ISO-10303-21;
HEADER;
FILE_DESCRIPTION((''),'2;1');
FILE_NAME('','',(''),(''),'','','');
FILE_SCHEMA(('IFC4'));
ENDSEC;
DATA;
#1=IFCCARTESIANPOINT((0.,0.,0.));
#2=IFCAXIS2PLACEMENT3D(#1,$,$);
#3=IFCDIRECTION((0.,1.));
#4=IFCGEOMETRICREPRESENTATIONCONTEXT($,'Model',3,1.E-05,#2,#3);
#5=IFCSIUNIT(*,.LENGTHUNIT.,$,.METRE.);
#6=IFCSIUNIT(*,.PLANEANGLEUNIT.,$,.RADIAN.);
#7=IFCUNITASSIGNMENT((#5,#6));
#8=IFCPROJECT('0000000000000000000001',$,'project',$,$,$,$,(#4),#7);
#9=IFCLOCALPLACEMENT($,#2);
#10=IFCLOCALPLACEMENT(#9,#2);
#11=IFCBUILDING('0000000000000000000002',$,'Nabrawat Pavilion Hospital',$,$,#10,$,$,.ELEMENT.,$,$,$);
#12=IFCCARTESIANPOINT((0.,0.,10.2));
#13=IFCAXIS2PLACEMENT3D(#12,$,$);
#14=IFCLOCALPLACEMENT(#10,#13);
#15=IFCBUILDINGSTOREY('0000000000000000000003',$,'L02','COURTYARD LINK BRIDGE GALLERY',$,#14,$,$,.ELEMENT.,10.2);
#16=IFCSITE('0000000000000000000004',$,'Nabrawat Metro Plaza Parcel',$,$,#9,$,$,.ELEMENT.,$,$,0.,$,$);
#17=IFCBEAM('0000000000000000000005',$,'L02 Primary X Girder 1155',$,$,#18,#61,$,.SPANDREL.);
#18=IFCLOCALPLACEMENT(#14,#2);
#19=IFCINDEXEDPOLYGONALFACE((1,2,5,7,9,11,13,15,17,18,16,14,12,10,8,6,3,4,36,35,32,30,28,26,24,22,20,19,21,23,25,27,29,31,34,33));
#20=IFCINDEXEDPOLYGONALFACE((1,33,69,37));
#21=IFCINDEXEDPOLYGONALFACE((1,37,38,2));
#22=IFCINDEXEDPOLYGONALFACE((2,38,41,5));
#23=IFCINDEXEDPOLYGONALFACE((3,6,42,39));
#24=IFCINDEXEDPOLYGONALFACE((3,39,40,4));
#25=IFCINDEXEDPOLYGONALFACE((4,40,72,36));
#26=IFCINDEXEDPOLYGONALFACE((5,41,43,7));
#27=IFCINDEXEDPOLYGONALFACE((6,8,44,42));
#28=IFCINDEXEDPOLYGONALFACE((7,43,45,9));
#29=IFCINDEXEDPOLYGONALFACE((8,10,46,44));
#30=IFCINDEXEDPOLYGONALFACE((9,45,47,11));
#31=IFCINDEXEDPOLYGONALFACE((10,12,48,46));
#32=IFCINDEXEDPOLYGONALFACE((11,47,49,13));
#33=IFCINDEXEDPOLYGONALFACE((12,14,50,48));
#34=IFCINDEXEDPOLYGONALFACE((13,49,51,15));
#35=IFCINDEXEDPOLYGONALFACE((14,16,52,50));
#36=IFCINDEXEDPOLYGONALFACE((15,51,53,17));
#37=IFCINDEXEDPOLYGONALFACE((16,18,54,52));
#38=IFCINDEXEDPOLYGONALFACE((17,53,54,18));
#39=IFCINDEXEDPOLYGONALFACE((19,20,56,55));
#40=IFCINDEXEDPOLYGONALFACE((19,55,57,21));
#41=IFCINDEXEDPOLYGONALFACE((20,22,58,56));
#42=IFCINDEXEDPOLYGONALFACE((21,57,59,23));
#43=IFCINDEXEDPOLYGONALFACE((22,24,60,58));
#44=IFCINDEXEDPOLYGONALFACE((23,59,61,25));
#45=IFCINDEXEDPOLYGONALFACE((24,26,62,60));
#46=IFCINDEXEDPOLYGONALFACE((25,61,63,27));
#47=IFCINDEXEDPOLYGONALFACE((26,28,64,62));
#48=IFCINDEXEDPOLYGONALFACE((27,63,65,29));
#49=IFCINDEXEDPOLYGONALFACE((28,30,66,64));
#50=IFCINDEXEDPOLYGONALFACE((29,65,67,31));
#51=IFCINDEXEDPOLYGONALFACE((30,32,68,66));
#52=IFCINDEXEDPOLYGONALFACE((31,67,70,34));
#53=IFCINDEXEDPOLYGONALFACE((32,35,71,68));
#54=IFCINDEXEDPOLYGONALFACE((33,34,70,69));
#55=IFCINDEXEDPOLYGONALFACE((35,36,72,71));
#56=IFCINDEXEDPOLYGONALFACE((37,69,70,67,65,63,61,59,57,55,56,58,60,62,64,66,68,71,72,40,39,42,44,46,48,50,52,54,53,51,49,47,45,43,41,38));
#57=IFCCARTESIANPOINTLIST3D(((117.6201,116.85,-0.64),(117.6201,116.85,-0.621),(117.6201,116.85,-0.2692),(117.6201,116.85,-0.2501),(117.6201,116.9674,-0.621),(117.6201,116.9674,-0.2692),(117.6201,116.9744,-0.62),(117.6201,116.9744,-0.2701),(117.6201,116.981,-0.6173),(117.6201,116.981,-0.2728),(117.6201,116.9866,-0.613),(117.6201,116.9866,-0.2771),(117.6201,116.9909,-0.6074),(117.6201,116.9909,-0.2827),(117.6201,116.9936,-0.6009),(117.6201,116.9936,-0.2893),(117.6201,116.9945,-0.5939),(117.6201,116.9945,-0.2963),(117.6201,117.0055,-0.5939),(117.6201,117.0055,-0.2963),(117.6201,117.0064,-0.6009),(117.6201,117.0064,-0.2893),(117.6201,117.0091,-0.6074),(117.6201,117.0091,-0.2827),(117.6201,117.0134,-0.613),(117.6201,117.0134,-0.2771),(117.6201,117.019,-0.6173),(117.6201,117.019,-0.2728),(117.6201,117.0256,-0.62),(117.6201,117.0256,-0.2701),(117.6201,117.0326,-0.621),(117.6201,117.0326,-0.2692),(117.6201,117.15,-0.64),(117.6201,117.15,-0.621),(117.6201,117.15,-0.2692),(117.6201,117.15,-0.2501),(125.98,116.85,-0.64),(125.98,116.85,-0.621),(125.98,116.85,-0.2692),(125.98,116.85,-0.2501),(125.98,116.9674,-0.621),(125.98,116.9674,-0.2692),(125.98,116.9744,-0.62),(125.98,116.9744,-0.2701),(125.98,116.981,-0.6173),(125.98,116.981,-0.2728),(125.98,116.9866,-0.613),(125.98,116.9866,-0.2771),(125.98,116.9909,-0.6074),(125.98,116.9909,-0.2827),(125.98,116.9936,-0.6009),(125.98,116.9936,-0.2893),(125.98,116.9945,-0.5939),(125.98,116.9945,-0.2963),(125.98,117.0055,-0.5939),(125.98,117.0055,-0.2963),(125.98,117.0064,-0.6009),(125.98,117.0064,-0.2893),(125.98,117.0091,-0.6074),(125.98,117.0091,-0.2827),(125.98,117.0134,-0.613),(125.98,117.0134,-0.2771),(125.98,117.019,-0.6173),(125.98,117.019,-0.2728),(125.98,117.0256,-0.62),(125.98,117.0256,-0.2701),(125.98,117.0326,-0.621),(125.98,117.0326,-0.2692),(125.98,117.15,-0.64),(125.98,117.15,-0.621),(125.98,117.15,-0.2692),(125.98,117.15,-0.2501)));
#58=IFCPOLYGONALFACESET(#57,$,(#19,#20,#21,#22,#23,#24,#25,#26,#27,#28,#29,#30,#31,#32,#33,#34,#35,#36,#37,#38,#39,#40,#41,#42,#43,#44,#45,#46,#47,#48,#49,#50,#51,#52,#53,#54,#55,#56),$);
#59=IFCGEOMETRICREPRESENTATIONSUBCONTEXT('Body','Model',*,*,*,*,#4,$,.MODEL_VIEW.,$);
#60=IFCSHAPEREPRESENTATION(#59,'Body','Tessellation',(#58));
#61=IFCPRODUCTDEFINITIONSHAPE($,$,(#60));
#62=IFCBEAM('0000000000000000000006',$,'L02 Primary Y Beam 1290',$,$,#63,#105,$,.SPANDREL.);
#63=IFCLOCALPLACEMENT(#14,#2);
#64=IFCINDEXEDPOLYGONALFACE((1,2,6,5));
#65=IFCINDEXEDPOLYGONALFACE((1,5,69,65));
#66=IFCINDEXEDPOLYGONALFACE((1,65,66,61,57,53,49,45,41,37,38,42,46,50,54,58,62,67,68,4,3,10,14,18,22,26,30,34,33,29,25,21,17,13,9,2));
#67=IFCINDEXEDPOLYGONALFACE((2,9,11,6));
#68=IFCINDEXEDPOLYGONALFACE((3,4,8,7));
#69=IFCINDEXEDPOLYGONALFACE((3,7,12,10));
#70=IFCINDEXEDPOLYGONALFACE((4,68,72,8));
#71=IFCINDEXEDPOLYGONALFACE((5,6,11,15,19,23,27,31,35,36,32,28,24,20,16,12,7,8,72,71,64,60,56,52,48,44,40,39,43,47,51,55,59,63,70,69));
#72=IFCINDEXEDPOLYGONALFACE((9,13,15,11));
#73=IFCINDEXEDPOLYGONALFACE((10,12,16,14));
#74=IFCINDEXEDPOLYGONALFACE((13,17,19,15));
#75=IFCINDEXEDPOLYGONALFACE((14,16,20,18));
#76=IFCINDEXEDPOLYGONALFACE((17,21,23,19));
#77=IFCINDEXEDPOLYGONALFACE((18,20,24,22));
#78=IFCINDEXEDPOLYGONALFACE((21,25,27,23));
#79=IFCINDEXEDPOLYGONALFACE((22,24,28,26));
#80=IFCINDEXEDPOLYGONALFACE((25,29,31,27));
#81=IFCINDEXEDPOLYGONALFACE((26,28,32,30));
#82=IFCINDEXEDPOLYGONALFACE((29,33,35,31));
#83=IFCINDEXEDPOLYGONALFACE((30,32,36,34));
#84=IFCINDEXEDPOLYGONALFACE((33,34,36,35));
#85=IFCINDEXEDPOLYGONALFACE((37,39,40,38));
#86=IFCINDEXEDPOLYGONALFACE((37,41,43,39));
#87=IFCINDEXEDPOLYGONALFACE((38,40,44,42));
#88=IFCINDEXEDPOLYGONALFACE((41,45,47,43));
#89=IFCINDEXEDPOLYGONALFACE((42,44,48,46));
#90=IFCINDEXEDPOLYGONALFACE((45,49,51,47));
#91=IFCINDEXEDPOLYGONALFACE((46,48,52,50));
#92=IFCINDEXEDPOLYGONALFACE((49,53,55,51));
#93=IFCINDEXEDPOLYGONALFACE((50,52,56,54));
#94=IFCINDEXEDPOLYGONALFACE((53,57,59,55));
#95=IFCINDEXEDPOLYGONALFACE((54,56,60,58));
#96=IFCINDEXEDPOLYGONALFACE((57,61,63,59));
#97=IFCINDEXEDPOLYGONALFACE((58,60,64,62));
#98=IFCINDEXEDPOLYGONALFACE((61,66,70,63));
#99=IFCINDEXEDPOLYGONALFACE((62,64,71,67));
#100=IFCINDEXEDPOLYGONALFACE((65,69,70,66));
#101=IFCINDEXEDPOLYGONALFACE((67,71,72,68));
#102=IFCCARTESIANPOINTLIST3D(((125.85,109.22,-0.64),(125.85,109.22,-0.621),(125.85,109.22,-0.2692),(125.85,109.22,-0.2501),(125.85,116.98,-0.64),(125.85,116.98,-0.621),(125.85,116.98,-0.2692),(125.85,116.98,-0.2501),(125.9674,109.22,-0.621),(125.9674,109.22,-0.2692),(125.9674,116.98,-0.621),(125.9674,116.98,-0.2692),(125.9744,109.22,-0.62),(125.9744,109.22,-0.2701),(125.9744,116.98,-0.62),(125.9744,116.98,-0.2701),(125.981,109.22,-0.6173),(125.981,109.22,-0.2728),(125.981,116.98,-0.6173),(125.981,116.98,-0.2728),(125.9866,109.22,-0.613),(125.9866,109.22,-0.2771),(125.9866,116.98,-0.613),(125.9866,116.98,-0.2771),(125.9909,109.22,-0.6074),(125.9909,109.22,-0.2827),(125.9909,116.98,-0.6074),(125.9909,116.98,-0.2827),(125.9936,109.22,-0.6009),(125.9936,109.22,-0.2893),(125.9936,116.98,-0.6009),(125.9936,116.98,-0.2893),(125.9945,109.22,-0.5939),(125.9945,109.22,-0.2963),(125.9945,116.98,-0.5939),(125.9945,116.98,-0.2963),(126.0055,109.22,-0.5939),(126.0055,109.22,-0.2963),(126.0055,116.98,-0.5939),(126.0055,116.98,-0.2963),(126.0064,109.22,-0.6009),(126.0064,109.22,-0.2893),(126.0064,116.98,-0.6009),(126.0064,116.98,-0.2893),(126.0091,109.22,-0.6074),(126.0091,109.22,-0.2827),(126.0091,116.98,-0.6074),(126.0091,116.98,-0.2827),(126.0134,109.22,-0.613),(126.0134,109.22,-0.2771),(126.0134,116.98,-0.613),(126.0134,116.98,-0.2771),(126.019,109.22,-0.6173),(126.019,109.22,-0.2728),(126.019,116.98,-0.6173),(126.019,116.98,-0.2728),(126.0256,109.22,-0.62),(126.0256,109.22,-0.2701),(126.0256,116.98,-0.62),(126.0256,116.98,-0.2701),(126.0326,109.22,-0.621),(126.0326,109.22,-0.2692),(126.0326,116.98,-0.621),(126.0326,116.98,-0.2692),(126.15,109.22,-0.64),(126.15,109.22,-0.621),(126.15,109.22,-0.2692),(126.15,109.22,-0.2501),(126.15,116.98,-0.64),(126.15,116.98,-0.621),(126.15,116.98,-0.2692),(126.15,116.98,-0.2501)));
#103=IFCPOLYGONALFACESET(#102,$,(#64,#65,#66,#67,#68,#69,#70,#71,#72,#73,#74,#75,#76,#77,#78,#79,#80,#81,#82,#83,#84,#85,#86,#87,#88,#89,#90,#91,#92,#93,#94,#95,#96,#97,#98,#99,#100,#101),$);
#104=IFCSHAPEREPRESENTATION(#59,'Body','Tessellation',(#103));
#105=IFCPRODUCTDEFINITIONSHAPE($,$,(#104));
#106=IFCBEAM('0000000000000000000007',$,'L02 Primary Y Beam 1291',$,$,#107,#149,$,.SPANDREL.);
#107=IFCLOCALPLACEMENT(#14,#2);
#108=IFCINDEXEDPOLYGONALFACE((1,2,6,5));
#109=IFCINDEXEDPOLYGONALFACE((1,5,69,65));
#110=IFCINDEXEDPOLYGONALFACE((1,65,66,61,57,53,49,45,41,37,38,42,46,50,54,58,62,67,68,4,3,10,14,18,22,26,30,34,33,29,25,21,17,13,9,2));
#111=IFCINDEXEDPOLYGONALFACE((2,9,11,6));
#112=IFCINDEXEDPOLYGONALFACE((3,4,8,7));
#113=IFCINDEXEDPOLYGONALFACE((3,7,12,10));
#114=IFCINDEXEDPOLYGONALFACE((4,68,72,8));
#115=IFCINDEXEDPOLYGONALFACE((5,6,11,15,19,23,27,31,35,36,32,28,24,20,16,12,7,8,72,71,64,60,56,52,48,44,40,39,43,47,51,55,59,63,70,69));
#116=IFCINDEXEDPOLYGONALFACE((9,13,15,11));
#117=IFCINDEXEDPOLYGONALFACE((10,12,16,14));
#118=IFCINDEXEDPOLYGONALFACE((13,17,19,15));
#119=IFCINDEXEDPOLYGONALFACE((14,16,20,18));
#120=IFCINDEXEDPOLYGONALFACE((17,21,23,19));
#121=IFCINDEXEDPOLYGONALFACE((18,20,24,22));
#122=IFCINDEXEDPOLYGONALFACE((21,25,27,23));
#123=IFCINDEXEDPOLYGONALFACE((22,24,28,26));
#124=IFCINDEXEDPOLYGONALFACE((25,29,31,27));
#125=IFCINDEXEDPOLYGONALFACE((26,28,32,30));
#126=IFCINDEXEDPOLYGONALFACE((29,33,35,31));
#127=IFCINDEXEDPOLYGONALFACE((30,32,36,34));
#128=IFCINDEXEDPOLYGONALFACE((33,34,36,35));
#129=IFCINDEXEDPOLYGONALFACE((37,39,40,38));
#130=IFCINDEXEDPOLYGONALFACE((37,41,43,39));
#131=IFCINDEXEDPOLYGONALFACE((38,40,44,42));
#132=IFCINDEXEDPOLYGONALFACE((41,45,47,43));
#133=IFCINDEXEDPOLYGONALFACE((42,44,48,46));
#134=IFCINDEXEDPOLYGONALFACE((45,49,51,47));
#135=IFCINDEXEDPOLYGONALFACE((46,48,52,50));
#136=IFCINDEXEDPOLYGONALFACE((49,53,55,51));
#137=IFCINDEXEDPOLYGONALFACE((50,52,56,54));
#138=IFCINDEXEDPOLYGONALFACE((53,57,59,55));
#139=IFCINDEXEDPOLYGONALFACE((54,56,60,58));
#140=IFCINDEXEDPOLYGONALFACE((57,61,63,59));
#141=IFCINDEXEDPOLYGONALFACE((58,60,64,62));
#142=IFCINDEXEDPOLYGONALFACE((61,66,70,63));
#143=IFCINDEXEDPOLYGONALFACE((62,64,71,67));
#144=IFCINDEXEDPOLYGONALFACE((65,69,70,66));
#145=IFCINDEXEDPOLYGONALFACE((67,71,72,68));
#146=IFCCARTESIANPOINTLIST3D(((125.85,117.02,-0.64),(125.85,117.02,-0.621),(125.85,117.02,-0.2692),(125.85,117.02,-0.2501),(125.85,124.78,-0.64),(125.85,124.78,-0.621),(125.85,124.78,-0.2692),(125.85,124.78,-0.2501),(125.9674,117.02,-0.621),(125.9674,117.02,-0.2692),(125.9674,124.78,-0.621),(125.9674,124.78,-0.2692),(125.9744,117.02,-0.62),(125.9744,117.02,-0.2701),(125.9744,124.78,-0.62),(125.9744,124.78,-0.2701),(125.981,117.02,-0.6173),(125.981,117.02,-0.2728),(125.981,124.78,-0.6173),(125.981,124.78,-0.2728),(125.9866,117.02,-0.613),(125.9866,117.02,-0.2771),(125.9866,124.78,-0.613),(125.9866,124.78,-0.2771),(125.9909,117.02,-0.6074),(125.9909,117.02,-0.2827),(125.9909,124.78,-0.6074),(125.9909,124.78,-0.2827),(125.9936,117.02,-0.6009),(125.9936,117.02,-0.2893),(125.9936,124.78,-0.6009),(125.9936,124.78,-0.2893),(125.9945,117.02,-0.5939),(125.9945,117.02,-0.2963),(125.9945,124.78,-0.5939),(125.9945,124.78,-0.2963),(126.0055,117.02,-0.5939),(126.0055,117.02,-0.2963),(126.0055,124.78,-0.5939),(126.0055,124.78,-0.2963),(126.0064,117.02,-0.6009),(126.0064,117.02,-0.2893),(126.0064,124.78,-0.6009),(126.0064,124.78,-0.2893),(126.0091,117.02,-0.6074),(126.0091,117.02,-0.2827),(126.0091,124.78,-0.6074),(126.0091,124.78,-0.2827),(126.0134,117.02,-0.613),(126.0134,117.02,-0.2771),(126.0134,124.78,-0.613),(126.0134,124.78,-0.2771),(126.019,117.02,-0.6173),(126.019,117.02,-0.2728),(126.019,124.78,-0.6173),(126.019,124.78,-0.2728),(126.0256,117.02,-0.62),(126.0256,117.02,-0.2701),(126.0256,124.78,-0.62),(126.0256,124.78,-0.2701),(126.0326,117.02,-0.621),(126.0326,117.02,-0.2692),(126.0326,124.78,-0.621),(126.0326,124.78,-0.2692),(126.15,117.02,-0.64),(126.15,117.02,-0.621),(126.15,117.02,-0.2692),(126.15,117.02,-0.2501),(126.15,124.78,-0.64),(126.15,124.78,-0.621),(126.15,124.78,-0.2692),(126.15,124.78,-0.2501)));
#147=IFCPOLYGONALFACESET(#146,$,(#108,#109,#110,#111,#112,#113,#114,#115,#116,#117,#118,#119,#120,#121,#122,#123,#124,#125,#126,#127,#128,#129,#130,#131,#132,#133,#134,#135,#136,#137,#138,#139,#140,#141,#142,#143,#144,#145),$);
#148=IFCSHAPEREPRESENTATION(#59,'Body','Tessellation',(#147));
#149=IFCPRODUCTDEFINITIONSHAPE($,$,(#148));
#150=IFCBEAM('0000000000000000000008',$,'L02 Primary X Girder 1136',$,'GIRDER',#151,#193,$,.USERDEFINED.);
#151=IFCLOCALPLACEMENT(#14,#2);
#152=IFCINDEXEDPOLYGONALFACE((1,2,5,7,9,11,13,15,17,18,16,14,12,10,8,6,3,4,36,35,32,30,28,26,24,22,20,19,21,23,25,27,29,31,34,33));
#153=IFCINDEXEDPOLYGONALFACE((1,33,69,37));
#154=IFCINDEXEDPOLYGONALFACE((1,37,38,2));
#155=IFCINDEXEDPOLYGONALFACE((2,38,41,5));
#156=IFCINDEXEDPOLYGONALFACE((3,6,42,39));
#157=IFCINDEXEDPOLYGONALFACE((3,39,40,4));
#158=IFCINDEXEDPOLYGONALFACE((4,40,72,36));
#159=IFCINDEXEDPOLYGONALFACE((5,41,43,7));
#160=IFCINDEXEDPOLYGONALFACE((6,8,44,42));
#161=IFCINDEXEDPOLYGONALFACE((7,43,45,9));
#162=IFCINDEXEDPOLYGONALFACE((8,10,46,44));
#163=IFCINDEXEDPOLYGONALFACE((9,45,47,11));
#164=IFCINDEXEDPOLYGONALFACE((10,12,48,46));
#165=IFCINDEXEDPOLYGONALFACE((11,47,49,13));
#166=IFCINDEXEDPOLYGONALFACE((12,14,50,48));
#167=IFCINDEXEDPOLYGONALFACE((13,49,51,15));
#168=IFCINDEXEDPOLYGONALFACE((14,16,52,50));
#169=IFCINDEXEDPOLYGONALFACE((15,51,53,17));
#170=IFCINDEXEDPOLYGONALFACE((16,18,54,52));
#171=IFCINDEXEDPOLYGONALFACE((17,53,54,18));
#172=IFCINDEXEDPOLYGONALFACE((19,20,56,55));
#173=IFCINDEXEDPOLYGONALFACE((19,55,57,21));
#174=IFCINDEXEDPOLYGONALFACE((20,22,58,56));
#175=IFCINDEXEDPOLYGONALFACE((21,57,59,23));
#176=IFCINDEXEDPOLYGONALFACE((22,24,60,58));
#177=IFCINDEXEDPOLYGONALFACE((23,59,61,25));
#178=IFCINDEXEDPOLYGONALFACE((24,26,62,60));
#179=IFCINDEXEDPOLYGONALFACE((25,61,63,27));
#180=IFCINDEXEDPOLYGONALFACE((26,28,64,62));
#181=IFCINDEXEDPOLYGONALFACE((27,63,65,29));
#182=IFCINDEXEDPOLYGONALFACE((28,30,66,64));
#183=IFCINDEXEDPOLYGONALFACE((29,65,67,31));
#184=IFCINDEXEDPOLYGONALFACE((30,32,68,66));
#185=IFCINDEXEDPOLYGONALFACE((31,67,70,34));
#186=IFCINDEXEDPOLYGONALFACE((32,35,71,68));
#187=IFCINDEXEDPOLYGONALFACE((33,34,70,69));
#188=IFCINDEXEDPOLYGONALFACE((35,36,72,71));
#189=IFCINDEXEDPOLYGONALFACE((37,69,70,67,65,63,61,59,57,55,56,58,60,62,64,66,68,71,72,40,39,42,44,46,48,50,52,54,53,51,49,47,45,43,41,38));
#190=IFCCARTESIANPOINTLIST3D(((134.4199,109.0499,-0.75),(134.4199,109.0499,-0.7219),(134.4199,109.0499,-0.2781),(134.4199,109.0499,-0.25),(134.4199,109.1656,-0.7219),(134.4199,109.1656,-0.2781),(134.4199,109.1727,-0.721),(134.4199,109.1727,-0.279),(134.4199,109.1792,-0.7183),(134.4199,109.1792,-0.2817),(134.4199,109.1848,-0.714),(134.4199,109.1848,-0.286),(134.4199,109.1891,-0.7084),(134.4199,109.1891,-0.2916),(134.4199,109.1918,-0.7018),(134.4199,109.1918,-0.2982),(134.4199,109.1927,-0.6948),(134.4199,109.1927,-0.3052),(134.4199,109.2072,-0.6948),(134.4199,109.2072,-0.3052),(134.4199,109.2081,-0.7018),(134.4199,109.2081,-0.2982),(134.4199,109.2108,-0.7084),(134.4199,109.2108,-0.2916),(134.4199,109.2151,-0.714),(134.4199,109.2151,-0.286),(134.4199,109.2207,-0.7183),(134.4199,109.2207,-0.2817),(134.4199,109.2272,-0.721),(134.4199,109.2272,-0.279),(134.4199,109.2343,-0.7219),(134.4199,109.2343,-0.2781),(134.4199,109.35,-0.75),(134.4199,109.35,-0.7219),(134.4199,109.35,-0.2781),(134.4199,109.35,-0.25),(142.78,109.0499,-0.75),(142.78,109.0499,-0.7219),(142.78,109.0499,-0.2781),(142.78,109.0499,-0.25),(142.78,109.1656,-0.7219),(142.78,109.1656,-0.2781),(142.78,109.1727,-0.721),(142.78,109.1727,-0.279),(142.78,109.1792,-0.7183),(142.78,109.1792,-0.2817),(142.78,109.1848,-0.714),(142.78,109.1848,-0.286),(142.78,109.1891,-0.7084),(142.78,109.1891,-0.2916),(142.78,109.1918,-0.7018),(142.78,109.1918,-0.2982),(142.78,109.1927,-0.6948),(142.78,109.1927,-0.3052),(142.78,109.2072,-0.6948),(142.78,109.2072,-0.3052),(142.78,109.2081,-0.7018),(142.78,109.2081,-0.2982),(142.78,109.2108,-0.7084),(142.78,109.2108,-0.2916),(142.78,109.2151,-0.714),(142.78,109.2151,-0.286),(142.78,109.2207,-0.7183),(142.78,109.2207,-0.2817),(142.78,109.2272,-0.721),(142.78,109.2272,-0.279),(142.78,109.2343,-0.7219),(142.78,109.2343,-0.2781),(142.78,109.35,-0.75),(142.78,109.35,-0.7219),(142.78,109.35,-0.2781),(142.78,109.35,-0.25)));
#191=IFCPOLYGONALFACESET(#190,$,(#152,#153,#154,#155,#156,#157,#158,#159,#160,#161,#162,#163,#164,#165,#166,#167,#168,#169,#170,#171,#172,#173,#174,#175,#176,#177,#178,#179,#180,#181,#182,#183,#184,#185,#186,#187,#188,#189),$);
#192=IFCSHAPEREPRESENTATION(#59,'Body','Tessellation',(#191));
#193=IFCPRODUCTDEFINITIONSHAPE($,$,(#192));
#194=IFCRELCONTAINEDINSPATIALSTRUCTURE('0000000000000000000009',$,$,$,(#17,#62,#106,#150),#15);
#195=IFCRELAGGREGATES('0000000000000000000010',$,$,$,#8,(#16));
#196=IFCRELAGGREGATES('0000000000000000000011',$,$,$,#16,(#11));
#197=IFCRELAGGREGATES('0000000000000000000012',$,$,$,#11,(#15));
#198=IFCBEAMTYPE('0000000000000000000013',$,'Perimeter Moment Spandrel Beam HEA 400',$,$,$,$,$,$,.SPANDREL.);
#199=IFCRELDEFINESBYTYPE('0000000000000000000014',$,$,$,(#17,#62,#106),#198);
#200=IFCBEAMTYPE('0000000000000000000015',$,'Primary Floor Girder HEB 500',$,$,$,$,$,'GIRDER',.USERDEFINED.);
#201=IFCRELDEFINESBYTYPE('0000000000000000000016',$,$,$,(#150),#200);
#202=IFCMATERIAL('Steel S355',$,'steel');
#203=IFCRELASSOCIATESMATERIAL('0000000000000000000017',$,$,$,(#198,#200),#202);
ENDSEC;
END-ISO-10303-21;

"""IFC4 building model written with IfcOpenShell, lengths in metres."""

from ifc_helpers import new_model, si_unit, direction, frame, origin, origin_2d, place, context, subcontext, project, spatial, i_section, extrude, material, material_profile, profile_set, type_object, element, save


model = new_model("IFC4")

# Units and contexts
model_context = context("Model", 3, precision=1e-05, world=origin(), true_north=direction((0.0, 1.0)))
body_context = subcontext(model_context, "Body", "Model", "MODEL_VIEW")
ifc_project = project(units=[si_unit("LENGTHUNIT", "METRE"), si_unit("PLANEANGLEUNIT", "RADIAN")], contexts=[model_context])

# Site, building, storey
site_placement = place(None, origin())
site = spatial("IfcSite", under=ifc_project, at=site_placement, Name="Nabrawat Metro Plaza Parcel", CompositionType="ELEMENT", RefElevation=0.0)
building_placement = place(site_placement, origin())
building = spatial("IfcBuilding", under=site, at=building_placement, Name="Nabrawat Pavilion Hospital", CompositionType="ELEMENT")
storey_placement = place(building_placement, frame((0.0, 0.0, 10.2)))
storey = spatial("IfcBuildingStorey", under=building, at=storey_placement, Name="L02", Description="COURTYARD LINK BRIDGE GALLERY", CompositionType="ELEMENT", Elevation=10.2)

# Shared definitions
ifc_material_1 = material(Name="Steel S355", Category="steel")

# Beams
ifc_material_profile_1 = material_profile(ifc_material_1, i_section(OverallWidth=0.3, OverallDepth=0.3899, WebThickness=0.011, FlangeThickness=0.019, FilletRadius=0.0271, at=origin_2d()), Name="HEA 400")
ifc_profile_set_1 = profile_set([ifc_material_profile_1], Name="Steel S355")
beam_type_1 = type_object("IfcBeamType", Name="Perimeter Moment Spandrel Beam HEA 400", PredefinedType="SPANDREL", material=ifc_profile_set_1)
beam_1_placement = place(storey_placement, frame((117.6201, 117.0, -0.4451), z_axis=(1.0, 0.0, 0.0), x_axis=(0.0, 1.0, 0.0)))
element("IfcBeam", 1, at=beam_1_placement, inside=storey, type_object=beam_type_1, Name="L02 Primary X Girder 1155", PredefinedType="SPANDREL", context=body_context, shape_type="SweptSolid", body=[
    extrude(i_section(OverallWidth=0.3, OverallDepth=0.3899, WebThickness=0.011, FlangeThickness=0.019, FilletRadius=0.0271, at=origin_2d()), origin(), (0.0, 0.0, 1.0), 8.3599),
])
for number, where, z_axis, x_axis, name in (
    (2, (126.0, 109.22, -0.4451), (0.0, 1.0, 0.0), (-1.0, 0.0, 0.0), "L02 Primary Y Beam 1290"),
    (3, (126.0, 117.02, -0.4451), (0.0, 1.0, 0.0), (-1.0, 0.0, 0.0), "L02 Primary Y Beam 1291"),
):
    element("IfcBeam", number, at=place(storey_placement, frame(where, z_axis=z_axis, x_axis=x_axis)), inside=storey, type_object=beam_type_1, Name=name, PredefinedType="SPANDREL", context=body_context, shape_type="SweptSolid", body=[
        extrude(i_section(OverallWidth=0.3, OverallDepth=0.3899, WebThickness=0.011, FlangeThickness=0.019, FilletRadius=0.0271, at=origin_2d()), origin(), (0.0, 0.0, 1.0), 7.76),
    ])
ifc_material_profile_2 = material_profile(ifc_material_1, i_section(OverallWidth=0.3, OverallDepth=0.5, WebThickness=0.0144, FlangeThickness=0.0281, FilletRadius=0.0271, at=origin_2d()), Name="HEB 500")
ifc_profile_set_2 = profile_set([ifc_material_profile_2], Name="Steel S355")
beam_type_2 = type_object("IfcBeamType", Name="Primary Floor Girder HEB 500", ElementType="GIRDER", PredefinedType="USERDEFINED", material=ifc_profile_set_2)
beam_2_placement = place(storey_placement, frame((134.4199, 109.2, -0.5), z_axis=(1.0, 0.0, 0.0), x_axis=(0.0, 1.0, 0.0)))
element("IfcBeam", 4, at=beam_2_placement, inside=storey, type_object=beam_type_2, Name="L02 Primary X Girder 1136", ObjectType="GIRDER", PredefinedType="USERDEFINED", context=body_context, shape_type="SweptSolid", body=[
    extrude(i_section(OverallWidth=0.3, OverallDepth=0.5, WebThickness=0.0144, FlangeThickness=0.0281, FilletRadius=0.0271, at=origin_2d()), origin(), (0.0, 0.0, 1.0), 8.3601),
])

save(model, "model.ifc")
